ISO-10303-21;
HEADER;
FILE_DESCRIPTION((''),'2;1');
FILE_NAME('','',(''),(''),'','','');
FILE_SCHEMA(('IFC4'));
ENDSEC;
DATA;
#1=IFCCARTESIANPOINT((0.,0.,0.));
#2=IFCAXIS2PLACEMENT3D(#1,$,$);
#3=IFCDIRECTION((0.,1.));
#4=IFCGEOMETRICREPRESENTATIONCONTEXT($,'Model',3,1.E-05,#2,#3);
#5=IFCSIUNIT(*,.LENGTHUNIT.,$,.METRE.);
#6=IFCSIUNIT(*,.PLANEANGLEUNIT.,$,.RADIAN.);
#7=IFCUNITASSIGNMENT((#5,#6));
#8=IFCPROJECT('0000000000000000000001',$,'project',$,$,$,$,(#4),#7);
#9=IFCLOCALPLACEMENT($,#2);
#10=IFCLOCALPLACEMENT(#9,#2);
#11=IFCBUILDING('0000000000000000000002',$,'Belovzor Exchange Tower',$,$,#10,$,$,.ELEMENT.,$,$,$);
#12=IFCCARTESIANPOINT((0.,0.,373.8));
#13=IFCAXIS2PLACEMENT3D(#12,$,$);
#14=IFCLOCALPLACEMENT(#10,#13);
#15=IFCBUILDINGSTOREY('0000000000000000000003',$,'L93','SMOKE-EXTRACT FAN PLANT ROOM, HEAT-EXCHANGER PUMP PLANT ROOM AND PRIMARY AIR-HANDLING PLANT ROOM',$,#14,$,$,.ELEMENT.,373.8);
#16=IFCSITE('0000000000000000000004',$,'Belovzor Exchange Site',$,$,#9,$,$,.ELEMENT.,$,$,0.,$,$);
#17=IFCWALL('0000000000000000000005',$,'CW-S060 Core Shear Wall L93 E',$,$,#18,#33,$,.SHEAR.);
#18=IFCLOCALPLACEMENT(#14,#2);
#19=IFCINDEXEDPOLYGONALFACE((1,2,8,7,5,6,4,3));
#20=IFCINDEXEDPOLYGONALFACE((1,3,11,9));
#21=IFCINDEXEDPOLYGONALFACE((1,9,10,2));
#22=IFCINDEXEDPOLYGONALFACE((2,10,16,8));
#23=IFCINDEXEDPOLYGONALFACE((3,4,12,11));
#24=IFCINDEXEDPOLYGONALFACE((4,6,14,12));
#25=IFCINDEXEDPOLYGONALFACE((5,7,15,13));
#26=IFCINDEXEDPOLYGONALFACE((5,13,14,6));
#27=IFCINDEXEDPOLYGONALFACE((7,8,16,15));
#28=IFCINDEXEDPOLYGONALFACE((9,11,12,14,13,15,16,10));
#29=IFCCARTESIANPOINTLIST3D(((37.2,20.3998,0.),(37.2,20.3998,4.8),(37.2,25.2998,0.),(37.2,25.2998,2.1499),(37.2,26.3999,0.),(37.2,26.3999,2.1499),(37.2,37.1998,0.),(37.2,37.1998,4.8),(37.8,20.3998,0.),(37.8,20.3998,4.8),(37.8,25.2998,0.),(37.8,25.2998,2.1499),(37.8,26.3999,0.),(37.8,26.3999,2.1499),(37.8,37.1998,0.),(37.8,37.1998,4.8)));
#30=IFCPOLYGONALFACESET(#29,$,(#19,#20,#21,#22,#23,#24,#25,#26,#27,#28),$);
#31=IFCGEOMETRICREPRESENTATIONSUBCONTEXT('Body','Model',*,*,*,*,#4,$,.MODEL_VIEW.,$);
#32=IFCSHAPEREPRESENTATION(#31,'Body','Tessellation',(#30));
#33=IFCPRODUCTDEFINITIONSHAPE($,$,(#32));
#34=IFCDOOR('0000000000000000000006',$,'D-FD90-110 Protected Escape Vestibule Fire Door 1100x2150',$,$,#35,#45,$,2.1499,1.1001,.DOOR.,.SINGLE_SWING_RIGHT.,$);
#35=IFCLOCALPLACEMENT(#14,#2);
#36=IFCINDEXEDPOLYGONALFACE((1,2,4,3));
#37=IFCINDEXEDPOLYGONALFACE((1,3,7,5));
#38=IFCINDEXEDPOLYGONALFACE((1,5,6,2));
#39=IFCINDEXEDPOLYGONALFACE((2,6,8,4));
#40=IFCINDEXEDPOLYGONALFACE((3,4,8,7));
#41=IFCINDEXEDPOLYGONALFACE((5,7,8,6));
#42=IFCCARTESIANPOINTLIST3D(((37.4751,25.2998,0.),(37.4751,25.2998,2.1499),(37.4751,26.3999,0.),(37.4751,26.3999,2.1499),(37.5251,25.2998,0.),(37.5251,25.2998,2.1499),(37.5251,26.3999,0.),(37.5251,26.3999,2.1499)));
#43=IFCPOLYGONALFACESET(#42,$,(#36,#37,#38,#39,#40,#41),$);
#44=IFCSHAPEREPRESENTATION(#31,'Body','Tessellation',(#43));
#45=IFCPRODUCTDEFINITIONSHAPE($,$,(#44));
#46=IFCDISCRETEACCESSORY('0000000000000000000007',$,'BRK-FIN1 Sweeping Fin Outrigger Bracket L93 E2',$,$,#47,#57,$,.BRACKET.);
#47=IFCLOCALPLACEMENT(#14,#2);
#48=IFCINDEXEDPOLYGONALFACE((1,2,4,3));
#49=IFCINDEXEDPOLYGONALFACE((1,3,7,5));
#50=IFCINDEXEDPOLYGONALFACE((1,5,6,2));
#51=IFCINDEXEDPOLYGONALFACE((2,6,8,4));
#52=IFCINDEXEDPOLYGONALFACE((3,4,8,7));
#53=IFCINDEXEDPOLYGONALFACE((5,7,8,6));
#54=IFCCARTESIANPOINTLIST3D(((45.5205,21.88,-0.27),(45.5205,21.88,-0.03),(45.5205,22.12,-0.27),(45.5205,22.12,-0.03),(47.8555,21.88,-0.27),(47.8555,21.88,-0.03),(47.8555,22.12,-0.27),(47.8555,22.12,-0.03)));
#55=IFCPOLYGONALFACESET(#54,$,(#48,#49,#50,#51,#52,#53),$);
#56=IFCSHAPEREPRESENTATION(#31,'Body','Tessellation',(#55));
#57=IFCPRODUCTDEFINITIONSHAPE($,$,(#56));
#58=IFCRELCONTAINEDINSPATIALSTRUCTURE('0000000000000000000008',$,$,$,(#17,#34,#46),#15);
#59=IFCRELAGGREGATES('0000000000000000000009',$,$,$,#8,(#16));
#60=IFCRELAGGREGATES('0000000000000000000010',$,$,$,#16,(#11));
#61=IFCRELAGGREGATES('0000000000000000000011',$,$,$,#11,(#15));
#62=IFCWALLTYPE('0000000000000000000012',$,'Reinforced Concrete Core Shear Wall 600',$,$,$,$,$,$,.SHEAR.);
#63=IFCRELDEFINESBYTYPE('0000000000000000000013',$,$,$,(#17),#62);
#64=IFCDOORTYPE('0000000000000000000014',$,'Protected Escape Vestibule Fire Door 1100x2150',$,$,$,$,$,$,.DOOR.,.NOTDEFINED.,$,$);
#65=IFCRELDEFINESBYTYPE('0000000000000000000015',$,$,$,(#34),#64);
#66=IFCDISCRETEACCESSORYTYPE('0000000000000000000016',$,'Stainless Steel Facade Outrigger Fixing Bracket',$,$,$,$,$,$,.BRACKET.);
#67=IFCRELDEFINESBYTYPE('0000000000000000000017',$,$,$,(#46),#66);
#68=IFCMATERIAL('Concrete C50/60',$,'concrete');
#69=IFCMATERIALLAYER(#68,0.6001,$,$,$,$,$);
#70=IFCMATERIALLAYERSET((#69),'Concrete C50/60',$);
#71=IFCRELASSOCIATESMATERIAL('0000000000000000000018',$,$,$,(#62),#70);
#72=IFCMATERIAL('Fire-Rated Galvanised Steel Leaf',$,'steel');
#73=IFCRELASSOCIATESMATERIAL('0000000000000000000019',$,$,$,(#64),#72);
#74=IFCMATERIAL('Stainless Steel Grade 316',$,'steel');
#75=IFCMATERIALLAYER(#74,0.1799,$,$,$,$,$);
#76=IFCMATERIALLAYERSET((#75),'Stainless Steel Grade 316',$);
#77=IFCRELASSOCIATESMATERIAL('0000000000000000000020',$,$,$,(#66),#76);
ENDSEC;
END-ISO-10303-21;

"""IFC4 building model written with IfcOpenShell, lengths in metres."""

from ifc_helpers import new_model, si_unit, direction, frame, frame_2d, origin, origin_2d, place, context, subcontext, project, spatial, rectangle, extrude, material, layer, layer_set, type_object, element, fill, save


model = new_model("IFC4")

# Units and contexts
model_context = context("Model", 3, precision=1e-05, world=origin(), true_north=direction((0.0, 1.0)))
body_context = subcontext(model_context, "Body", "Model", "MODEL_VIEW")
ifc_project = project(units=[si_unit("LENGTHUNIT", "METRE"), si_unit("PLANEANGLEUNIT", "RADIAN")], contexts=[model_context])

# Site, building, storey
site_placement = place(None, origin())
site = spatial("IfcSite", under=ifc_project, at=site_placement, Name="Belovzor Exchange Site", CompositionType="ELEMENT", RefElevation=0.0)
building_placement = place(site_placement, origin())
building = spatial("IfcBuilding", under=site, at=building_placement, Name="Belovzor Exchange Tower", CompositionType="ELEMENT")
storey_placement = place(building_placement, frame((0.0, 0.0, 373.8)))
storey = spatial("IfcBuildingStorey", under=building, at=storey_placement, Name="L93", Description="SMOKE-EXTRACT FAN PLANT ROOM, HEAT-EXCHANGER PUMP PLANT ROOM AND PRIMARY AIR-HANDLING PLANT ROOM", CompositionType="ELEMENT", Elevation=373.8)

# Wall, opening, door
ifc_material_1 = material(Name="Concrete C50/60", Category="concrete")
ifc_layer_1 = layer(ifc_material_1, 0.6001)
ifc_layer_set_1 = layer_set([ifc_layer_1], Name="Concrete C50/60")
wall_type_1 = type_object("IfcWallType", Name="Reinforced Concrete Core Shear Wall 600", PredefinedType="SHEAR", material=ifc_layer_set_1)
wall_1_placement = place(storey_placement, frame((37.5, 20.3999, 0.0), z_axis=(0.0, 0.0, 1.0), x_axis=(0.0, 1.0, 0.0)))
wall_1 = element("IfcWall", 1, at=wall_1_placement, inside=storey, type_object=wall_type_1, Name="CW-S060 Core Shear Wall L93 E", PredefinedType="SHEAR", context=body_context, shape_type="SweptSolid", body=[
    extrude(rectangle(XDim=16.8, YDim=0.6001, at=frame_2d((8.3999, 0.0))), origin(), (0.0, 0.0, 1.0), 4.8),
])
opening_1_placement = place(wall_1_placement, frame((4.8999, 0.0, 0.0)))
opening_1 = element("IfcOpeningElement", 2, at=opening_1_placement, cuts=wall_1, PredefinedType="OPENING", context=body_context, shape_type="SweptSolid", body=[
    extrude(rectangle(XDim=1.1001, YDim=2.1499, at=frame_2d((0.55, 1.075))), frame((0.0, 0.3101, 0.0), z_axis=(0.0, -1.0, 0.0), x_axis=(1.0, 0.0, 0.0)), (0.0, 0.0, 1.0), 0.6201),
])
ifc_material_2 = material(Name="Fire-Rated Galvanised Steel Leaf", Category="steel")
door_type_1 = type_object("IfcDoorType", Name="Protected Escape Vestibule Fire Door 1100x2150", OperationType="NOTDEFINED", PredefinedType="DOOR", material=ifc_material_2)
door_1_placement = place(opening_1_placement, origin())
door_1 = element("IfcDoor", 3, at=door_1_placement, inside=storey, type_object=door_type_1, Name="D-FD90-110 Protected Escape Vestibule Fire Door 1100x2150", OperationType="SINGLE_SWING_RIGHT", OverallHeight=2.1499, OverallWidth=1.1001, PredefinedType="DOOR", context=body_context, shape_type="SweptSolid", body=[
    extrude(rectangle(XDim=1.1001, YDim=2.1499, at=frame_2d((0.55, 1.075))), frame((0.0, 0.0249, 0.0), z_axis=(0.0, -1.0, 0.0), x_axis=(1.0, 0.0, 0.0)), (0.0, 0.0, 1.0), 0.05),
])
fill(opening_1, door_1)

# Discrete accessory
ifc_material_3 = material(Name="Stainless Steel Grade 316", Category="steel")
ifc_layer_2 = layer(ifc_material_3, 0.1799)
ifc_layer_set_2 = layer_set([ifc_layer_2], Name="Stainless Steel Grade 316")
discrete_accessory_type = type_object("IfcDiscreteAccessoryType", Name="Stainless Steel Facade Outrigger Fixing Bracket", PredefinedType="BRACKET", material=ifc_layer_set_2)
discrete_accessory_placement = place(storey_placement, frame((46.688, 22.0, -0.27), z_axis=(0.0, 0.0, 1.0), x_axis=(1.0, 0.0, 0.0)))
element("IfcDiscreteAccessory", 4, at=discrete_accessory_placement, inside=storey, type_object=discrete_accessory_type, Name="BRK-FIN1 Sweeping Fin Outrigger Bracket L93 E2", PredefinedType="BRACKET", context=body_context, shape_type="SweptSolid", body=[
    extrude(rectangle(XDim=2.335, YDim=0.24, at=origin_2d()), origin(), (0.0, 0.0, 1.0), 0.24),
])

save(model, "model.ifc")
